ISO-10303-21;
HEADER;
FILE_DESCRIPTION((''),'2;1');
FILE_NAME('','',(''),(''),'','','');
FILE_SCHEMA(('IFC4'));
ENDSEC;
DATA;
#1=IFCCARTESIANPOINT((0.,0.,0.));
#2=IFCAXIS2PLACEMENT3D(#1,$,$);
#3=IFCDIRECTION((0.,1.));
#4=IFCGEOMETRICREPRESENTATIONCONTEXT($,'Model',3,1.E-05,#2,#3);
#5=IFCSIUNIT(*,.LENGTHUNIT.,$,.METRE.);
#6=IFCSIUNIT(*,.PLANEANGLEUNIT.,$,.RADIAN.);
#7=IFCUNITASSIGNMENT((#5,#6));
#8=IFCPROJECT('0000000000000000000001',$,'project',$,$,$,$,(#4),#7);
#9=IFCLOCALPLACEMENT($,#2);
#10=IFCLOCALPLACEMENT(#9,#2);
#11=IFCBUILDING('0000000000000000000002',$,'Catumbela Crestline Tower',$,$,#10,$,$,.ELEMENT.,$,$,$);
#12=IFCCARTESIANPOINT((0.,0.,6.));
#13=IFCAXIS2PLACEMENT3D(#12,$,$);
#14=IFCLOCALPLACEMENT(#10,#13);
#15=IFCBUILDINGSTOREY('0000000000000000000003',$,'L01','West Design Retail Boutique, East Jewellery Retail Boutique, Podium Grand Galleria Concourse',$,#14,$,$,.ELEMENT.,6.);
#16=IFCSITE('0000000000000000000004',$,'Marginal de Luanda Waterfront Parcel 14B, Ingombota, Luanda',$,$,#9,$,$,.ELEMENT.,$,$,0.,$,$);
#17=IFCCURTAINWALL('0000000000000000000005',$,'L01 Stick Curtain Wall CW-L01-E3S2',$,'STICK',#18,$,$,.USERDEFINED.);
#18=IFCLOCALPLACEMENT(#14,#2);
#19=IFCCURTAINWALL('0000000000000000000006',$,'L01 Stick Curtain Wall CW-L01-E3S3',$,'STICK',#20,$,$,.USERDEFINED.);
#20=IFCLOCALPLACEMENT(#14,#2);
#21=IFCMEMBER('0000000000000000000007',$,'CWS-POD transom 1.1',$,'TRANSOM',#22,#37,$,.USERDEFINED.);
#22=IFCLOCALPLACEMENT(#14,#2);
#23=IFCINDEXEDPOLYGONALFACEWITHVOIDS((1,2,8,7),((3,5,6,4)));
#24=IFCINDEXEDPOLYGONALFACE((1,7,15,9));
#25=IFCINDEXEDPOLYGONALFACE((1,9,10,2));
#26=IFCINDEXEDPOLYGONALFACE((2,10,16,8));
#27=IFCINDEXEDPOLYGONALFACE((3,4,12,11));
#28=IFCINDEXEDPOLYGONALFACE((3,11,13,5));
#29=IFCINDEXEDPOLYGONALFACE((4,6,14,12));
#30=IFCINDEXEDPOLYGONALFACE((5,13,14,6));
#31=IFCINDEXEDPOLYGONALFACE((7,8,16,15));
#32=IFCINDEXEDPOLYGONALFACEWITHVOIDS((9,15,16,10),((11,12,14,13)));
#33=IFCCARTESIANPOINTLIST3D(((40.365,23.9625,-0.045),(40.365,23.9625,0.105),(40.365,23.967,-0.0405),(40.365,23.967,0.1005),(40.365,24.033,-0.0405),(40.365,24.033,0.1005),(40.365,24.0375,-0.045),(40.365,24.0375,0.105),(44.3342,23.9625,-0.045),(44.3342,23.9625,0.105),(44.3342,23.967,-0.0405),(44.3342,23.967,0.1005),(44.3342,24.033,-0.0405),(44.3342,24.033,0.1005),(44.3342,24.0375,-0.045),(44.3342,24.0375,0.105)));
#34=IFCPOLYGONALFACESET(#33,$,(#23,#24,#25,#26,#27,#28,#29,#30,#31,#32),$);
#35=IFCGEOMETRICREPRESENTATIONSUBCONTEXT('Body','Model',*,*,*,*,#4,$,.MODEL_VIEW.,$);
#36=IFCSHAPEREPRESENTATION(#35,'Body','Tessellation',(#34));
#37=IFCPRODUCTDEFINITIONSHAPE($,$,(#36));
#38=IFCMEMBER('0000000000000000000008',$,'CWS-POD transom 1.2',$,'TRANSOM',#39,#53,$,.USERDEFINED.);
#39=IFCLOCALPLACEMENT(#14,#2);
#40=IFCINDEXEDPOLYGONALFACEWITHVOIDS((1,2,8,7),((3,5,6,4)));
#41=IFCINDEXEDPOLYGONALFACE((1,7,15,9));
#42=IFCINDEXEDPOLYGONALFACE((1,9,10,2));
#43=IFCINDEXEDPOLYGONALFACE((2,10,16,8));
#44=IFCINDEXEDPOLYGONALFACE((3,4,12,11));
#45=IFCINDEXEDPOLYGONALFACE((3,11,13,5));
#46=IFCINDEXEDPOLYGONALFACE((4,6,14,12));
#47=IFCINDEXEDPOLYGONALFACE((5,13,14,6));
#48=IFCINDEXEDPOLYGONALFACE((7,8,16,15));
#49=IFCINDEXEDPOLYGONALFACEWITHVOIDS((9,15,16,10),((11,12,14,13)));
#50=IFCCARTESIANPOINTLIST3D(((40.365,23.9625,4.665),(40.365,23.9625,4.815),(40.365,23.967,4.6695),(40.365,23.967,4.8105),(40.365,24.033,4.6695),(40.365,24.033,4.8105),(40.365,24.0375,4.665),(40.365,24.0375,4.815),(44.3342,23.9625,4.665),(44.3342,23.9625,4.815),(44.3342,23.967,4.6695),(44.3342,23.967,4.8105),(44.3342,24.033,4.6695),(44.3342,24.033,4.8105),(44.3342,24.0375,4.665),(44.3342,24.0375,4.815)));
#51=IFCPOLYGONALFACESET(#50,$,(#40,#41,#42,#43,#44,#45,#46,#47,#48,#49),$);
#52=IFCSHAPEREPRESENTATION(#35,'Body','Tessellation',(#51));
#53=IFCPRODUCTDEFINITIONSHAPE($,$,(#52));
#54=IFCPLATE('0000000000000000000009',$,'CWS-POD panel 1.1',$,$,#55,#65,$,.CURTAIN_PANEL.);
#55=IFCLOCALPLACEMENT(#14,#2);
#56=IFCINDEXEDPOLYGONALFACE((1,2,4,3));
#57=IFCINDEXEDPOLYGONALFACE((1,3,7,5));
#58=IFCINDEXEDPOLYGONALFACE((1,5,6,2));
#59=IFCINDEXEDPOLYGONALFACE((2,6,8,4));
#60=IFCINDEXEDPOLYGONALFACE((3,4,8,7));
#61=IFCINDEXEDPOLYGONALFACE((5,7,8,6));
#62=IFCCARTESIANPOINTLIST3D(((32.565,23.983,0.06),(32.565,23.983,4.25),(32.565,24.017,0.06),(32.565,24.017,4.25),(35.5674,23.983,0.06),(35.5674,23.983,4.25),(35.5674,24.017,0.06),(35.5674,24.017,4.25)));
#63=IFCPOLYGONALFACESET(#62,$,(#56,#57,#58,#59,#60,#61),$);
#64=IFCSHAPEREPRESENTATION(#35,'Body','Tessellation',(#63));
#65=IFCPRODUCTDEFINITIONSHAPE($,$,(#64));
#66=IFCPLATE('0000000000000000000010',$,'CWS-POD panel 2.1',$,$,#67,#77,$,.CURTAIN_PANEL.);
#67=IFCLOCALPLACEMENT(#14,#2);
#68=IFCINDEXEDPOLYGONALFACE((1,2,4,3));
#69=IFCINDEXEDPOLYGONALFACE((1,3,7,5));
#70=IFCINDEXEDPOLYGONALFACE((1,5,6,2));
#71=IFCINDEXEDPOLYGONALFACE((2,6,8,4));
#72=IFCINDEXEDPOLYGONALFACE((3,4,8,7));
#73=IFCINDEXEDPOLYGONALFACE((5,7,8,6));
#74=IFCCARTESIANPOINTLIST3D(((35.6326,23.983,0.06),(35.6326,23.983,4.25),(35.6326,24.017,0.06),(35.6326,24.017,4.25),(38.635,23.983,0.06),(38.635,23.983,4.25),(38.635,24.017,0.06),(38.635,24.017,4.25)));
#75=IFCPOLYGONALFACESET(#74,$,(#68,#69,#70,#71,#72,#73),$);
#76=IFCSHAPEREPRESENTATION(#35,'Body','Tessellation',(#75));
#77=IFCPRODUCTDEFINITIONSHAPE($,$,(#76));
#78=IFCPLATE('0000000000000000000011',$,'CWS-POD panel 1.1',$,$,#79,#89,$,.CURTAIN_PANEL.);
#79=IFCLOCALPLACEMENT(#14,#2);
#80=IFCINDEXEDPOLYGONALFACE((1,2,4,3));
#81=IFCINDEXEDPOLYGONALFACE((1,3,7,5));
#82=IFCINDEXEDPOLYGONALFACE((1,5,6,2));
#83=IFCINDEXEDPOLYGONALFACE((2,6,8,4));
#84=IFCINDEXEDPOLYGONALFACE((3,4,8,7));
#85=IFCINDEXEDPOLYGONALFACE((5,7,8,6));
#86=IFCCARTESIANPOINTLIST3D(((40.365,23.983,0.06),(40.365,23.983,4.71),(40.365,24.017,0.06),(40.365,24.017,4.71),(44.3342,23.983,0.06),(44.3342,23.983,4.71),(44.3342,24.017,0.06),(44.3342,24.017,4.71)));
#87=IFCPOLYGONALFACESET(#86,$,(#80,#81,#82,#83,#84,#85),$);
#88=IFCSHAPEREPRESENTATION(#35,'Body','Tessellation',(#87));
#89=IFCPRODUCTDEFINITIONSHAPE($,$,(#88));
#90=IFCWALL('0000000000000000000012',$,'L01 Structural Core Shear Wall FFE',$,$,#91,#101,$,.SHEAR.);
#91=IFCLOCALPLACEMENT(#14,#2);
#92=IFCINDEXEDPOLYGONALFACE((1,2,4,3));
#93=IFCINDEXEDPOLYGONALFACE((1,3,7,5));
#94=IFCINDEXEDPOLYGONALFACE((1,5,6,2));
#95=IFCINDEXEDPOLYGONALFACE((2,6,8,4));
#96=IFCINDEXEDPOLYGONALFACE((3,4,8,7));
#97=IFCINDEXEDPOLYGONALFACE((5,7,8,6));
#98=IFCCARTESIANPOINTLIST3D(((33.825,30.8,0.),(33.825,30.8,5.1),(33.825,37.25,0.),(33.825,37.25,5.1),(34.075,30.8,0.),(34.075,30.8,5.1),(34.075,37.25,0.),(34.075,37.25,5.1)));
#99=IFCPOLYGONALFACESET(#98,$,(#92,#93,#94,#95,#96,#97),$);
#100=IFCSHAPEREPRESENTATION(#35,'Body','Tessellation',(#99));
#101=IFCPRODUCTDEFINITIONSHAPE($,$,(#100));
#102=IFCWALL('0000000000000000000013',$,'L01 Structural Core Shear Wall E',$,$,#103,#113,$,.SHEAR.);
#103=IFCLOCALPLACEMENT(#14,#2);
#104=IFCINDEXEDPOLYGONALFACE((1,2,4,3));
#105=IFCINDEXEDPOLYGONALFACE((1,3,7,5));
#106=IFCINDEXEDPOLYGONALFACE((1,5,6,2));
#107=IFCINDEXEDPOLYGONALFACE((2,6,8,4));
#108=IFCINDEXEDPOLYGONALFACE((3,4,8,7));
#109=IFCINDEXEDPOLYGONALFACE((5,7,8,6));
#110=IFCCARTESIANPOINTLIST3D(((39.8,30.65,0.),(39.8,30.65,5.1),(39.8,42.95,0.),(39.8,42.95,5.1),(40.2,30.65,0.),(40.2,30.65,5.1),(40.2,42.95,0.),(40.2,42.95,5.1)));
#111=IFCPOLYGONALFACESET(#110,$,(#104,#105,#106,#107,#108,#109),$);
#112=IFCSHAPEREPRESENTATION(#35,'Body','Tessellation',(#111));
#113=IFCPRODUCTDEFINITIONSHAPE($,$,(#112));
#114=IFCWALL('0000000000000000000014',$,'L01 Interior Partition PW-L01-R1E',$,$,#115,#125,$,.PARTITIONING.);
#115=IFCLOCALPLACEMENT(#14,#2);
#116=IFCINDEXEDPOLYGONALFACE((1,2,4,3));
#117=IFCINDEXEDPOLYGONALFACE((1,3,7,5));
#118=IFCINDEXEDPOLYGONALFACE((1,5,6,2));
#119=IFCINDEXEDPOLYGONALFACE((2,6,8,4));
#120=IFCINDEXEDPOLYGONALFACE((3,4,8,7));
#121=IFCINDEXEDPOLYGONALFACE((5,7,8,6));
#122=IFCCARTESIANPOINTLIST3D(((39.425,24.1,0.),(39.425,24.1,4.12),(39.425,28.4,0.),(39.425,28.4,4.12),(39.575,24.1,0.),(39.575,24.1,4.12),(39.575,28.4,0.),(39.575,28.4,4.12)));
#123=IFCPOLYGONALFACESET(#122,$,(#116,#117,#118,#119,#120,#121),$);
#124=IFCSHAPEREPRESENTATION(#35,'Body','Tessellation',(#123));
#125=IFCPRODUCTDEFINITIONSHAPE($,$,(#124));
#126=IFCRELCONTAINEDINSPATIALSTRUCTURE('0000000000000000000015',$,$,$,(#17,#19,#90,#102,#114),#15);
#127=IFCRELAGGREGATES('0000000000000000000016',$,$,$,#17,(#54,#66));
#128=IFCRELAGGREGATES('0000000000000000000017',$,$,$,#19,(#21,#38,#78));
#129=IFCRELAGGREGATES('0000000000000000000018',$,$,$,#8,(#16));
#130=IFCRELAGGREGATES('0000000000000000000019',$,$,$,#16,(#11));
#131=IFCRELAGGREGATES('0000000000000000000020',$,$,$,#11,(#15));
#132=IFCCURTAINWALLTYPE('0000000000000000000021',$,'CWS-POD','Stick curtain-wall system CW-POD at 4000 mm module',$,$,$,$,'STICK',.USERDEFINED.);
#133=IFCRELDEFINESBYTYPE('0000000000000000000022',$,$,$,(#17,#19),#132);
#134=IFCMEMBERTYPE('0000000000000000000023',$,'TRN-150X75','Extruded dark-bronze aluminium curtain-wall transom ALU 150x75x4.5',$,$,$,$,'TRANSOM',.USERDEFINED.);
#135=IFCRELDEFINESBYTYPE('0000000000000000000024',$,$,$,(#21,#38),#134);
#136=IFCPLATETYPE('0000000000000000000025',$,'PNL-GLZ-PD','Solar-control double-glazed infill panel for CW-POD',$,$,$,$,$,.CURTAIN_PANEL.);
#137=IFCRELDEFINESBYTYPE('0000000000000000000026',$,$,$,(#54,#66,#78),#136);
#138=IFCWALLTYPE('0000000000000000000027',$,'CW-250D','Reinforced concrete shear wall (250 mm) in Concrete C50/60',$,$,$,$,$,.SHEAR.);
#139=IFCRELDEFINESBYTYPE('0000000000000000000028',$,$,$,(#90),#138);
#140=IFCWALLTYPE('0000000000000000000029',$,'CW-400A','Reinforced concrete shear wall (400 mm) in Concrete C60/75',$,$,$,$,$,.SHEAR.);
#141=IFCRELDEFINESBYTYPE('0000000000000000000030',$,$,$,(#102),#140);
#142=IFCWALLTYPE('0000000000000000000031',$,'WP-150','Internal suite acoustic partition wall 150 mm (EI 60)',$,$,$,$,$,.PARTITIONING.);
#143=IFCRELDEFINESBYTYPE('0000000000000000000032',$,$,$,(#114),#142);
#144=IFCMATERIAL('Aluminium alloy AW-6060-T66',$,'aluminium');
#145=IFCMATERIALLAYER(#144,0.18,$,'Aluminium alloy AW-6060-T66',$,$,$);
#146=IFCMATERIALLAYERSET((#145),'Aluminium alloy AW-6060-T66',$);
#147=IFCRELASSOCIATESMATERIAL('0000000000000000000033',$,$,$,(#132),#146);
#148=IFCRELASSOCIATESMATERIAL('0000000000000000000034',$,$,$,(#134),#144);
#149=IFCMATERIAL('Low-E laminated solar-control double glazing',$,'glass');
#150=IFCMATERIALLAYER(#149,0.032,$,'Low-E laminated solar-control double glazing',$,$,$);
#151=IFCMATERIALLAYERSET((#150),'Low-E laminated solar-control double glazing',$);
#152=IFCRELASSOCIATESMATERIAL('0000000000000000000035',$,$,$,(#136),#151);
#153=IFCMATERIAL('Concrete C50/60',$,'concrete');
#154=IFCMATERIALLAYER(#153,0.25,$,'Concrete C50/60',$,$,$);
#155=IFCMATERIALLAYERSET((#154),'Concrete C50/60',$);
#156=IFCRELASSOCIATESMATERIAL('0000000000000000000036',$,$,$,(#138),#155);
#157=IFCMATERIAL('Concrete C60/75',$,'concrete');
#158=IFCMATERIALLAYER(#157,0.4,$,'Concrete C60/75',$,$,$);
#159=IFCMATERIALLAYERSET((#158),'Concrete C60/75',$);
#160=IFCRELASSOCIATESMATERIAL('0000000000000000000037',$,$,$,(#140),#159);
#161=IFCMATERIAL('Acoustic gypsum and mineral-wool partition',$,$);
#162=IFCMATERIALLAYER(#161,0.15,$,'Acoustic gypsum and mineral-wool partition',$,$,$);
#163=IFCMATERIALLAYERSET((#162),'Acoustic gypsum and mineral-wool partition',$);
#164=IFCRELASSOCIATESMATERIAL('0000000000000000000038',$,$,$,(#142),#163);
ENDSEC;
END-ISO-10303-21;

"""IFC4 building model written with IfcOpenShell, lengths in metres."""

from ifc_helpers import new_model, si_unit, direction, frame, frame_2d, origin, origin_2d, place, context, subcontext, project, spatial, rectangle, hollow_rectangle, extrude, material, layer, layer_set, material_profile, profile_set, type_object, element, aggregate, save


model = new_model("IFC4")

# Units and contexts
model_context = context("Model", 3, precision=1e-05, world=origin(), true_north=direction((0.0, 1.0)))
body_context = subcontext(model_context, "Body", "Model", "MODEL_VIEW")
ifc_project = project(units=[si_unit("LENGTHUNIT", "METRE"), si_unit("PLANEANGLEUNIT", "RADIAN")], contexts=[model_context])

# Site, building, storey
site_placement = place(None, origin())
site = spatial("IfcSite", under=ifc_project, at=site_placement, Name="Marginal de Luanda Waterfront Parcel 14B, Ingombota, Luanda", CompositionType="ELEMENT", RefElevation=0.0)
building_placement = place(site_placement, origin())
building = spatial("IfcBuilding", under=site, at=building_placement, Name="Catumbela Crestline Tower", CompositionType="ELEMENT")
storey_placement = place(building_placement, frame((0.0, 0.0, 6.0)))
storey = spatial("IfcBuildingStorey", under=building, at=storey_placement, Name="L01", Description="West Design Retail Boutique, East Jewellery Retail Boutique, Podium Grand Galleria Concourse", CompositionType="ELEMENT", Elevation=6.0)

# Shared definitions
ifc_material_1 = material(Name="Concrete C50/60", Category="concrete")
ifc_material_2 = material(Name="Concrete C60/75", Category="concrete")

# Curtain walls
ifc_material_3 = material(Name="Aluminium alloy AW-6060-T66", Category="aluminium")
ifc_layer_1 = layer(ifc_material_3, 0.18, Name="Aluminium alloy AW-6060-T66")
ifc_layer_set_1 = layer_set([ifc_layer_1], Name="Aluminium alloy AW-6060-T66")
curtain_wall_type = type_object("IfcCurtainWallType", Name="CWS-POD", Description="Stick curtain-wall system CW-POD at 4000 mm module", ElementType="STICK", PredefinedType="USERDEFINED", material=ifc_layer_set_1)
curtain_wall_1_placement = place(storey_placement, origin())
curtain_wall_1 = element("IfcCurtainWall", 1, at=curtain_wall_1_placement, inside=storey, type_object=curtain_wall_type, Name="L01 Stick Curtain Wall CW-L01-E3S2", ObjectType="STICK", PredefinedType="USERDEFINED")
curtain_wall_2_placement = place(storey_placement, origin())
curtain_wall_2 = element("IfcCurtainWall", 2, at=curtain_wall_2_placement, inside=storey, type_object=curtain_wall_type, Name="L01 Stick Curtain Wall CW-L01-E3S3", ObjectType="STICK", PredefinedType="USERDEFINED")

# Members
ifc_material_profile_1 = material_profile(ifc_material_3, hollow_rectangle(XDim=0.075, YDim=0.15, WallThickness=0.0045, at=origin_2d()), Name="ALU 150x75x4.5")
ifc_profile_set_1 = profile_set([ifc_material_profile_1], Name="Aluminium alloy AW-6060-T66")
member_type_1 = type_object("IfcMemberType", Name="TRN-150X75", Description="Extruded dark-bronze aluminium curtain-wall transom ALU 150x75x4.5", ElementType="TRANSOM", PredefinedType="USERDEFINED", material=ifc_profile_set_1)
member_1_placement = place(storey_placement, frame((40.365, 24.0, 0.03), z_axis=(1.0, 0.0, 0.0), x_axis=(0.0, 1.0, 0.0)))
member_1 = element("IfcMember", 3, at=member_1_placement, type_object=member_type_1, Name="CWS-POD transom 1.1", ObjectType="TRANSOM", PredefinedType="USERDEFINED", context=body_context, shape_type="SweptSolid", body=[
    extrude(hollow_rectangle(XDim=0.075, YDim=0.15, WallThickness=0.0045, at=origin_2d()), origin(), (0.0, 0.0, 1.0), 3.9692),
])
member_2_placement = place(storey_placement, frame((40.365, 24.0, 4.74), z_axis=(1.0, 0.0, 0.0), x_axis=(0.0, 1.0, 0.0)))
member_2 = element("IfcMember", 4, at=member_2_placement, type_object=member_type_1, Name="CWS-POD transom 1.2", ObjectType="TRANSOM", PredefinedType="USERDEFINED", context=body_context, shape_type="SweptSolid", body=[
    extrude(hollow_rectangle(XDim=0.075, YDim=0.15, WallThickness=0.0045, at=origin_2d()), origin(), (0.0, 0.0, 1.0), 3.9692),
])

# Plates
ifc_material_4 = material(Name="Low-E laminated solar-control double glazing", Category="glass")
ifc_layer_2 = layer(ifc_material_4, 0.032, Name="Low-E laminated solar-control double glazing")
ifc_layer_set_2 = layer_set([ifc_layer_2], Name="Low-E laminated solar-control double glazing")
plate_type = type_object("IfcPlateType", Name="PNL-GLZ-PD", Description="Solar-control double-glazed infill panel for CW-POD", PredefinedType="CURTAIN_PANEL", material=ifc_layer_set_2)
plate_1_placement = place(storey_placement, frame((34.0662, 24.0, 0.06), z_axis=(0.0, 0.0, 1.0), x_axis=(1.0, 0.0, 0.0)))
plate_1 = element("IfcPlate", 5, at=plate_1_placement, type_object=plate_type, Name="CWS-POD panel 1.1", PredefinedType="CURTAIN_PANEL", context=body_context, shape_type="SweptSolid", body=[
    extrude(rectangle(XDim=3.0025, YDim=0.034, at=origin_2d()), origin(), (0.0, 0.0, 1.0), 4.19),
])
plate_2_placement = place(storey_placement, frame((37.1338, 24.0, 0.06), z_axis=(0.0, 0.0, 1.0), x_axis=(1.0, 0.0, 0.0)))
plate_2 = element("IfcPlate", 6, at=plate_2_placement, type_object=plate_type, Name="CWS-POD panel 2.1", PredefinedType="CURTAIN_PANEL", context=body_context, shape_type="SweptSolid", body=[
    extrude(rectangle(XDim=3.0025, YDim=0.034, at=origin_2d()), origin(), (0.0, 0.0, 1.0), 4.19),
])
aggregate(curtain_wall_1, [plate_1, plate_2])
plate_3_placement = place(storey_placement, frame((42.3496, 24.0, 0.06), z_axis=(0.0, 0.0, 1.0), x_axis=(1.0, 0.0, 0.0)))
plate_3 = element("IfcPlate", 7, at=plate_3_placement, type_object=plate_type, Name="CWS-POD panel 1.1", PredefinedType="CURTAIN_PANEL", context=body_context, shape_type="SweptSolid", body=[
    extrude(rectangle(XDim=3.9692, YDim=0.034, at=origin_2d()), origin(), (0.0, 0.0, 1.0), 4.65),
])
aggregate(curtain_wall_2, [member_1, member_2, plate_3])

# Walls
ifc_layer_3 = layer(ifc_material_1, 0.25, Name="Concrete C50/60")
ifc_layer_set_3 = layer_set([ifc_layer_3], Name="Concrete C50/60")
wall_type_1 = type_object("IfcWallType", Name="CW-250D", Description="Reinforced concrete shear wall (250 mm) in Concrete C50/60", PredefinedType="SHEAR", material=ifc_layer_set_3)
wall_1_placement = place(storey_placement, frame((33.95, 30.8, 0.0), z_axis=(0.0, 0.0, 1.0), x_axis=(0.0, 1.0, 0.0)))
element("IfcWall", 8, at=wall_1_placement, inside=storey, type_object=wall_type_1, Name="L01 Structural Core Shear Wall FFE", PredefinedType="SHEAR", context=body_context, shape_type="SweptSolid", body=[
    extrude(rectangle(XDim=6.45, YDim=0.25, at=frame_2d((3.225, 0.0))), origin(), (0.0, 0.0, 1.0), 5.1),
])
ifc_layer_4 = layer(ifc_material_2, 0.4, Name="Concrete C60/75")
ifc_layer_set_4 = layer_set([ifc_layer_4], Name="Concrete C60/75")
wall_type_2 = type_object("IfcWallType", Name="CW-400A", Description="Reinforced concrete shear wall (400 mm) in Concrete C60/75", PredefinedType="SHEAR", material=ifc_layer_set_4)
wall_2_placement = place(storey_placement, frame((40.0, 30.65, 0.0), z_axis=(0.0, 0.0, 1.0), x_axis=(0.0, 1.0, 0.0)))
element("IfcWall", 9, at=wall_2_placement, inside=storey, type_object=wall_type_2, Name="L01 Structural Core Shear Wall E", PredefinedType="SHEAR", context=body_context, shape_type="SweptSolid", body=[
    extrude(rectangle(XDim=12.3, YDim=0.4, at=frame_2d((6.15, 0.0))), origin(), (0.0, 0.0, 1.0), 5.1),
])
ifc_material_5 = material(Name="Acoustic gypsum and mineral-wool partition")
ifc_layer_5 = layer(ifc_material_5, 0.15, Name="Acoustic gypsum and mineral-wool partition")
ifc_layer_set_5 = layer_set([ifc_layer_5], Name="Acoustic gypsum and mineral-wool partition")
wall_type_3 = type_object("IfcWallType", Name="WP-150", Description="Internal suite acoustic partition wall 150 mm (EI 60)", PredefinedType="PARTITIONING", material=ifc_layer_set_5)
wall_3_placement = place(storey_placement, frame((39.5, 24.1, 0.0), z_axis=(0.0, 0.0, 1.0), x_axis=(0.0, 1.0, 0.0)))
element("IfcWall", 10, at=wall_3_placement, inside=storey, type_object=wall_type_3, Name="L01 Interior Partition PW-L01-R1E", PredefinedType="PARTITIONING", context=body_context, shape_type="SweptSolid", body=[
    extrude(rectangle(XDim=4.3, YDim=0.15, at=frame_2d((2.15, 0.0))), origin(), (0.0, 0.0, 1.0), 4.12),
])

save(model, "model.ifc")
